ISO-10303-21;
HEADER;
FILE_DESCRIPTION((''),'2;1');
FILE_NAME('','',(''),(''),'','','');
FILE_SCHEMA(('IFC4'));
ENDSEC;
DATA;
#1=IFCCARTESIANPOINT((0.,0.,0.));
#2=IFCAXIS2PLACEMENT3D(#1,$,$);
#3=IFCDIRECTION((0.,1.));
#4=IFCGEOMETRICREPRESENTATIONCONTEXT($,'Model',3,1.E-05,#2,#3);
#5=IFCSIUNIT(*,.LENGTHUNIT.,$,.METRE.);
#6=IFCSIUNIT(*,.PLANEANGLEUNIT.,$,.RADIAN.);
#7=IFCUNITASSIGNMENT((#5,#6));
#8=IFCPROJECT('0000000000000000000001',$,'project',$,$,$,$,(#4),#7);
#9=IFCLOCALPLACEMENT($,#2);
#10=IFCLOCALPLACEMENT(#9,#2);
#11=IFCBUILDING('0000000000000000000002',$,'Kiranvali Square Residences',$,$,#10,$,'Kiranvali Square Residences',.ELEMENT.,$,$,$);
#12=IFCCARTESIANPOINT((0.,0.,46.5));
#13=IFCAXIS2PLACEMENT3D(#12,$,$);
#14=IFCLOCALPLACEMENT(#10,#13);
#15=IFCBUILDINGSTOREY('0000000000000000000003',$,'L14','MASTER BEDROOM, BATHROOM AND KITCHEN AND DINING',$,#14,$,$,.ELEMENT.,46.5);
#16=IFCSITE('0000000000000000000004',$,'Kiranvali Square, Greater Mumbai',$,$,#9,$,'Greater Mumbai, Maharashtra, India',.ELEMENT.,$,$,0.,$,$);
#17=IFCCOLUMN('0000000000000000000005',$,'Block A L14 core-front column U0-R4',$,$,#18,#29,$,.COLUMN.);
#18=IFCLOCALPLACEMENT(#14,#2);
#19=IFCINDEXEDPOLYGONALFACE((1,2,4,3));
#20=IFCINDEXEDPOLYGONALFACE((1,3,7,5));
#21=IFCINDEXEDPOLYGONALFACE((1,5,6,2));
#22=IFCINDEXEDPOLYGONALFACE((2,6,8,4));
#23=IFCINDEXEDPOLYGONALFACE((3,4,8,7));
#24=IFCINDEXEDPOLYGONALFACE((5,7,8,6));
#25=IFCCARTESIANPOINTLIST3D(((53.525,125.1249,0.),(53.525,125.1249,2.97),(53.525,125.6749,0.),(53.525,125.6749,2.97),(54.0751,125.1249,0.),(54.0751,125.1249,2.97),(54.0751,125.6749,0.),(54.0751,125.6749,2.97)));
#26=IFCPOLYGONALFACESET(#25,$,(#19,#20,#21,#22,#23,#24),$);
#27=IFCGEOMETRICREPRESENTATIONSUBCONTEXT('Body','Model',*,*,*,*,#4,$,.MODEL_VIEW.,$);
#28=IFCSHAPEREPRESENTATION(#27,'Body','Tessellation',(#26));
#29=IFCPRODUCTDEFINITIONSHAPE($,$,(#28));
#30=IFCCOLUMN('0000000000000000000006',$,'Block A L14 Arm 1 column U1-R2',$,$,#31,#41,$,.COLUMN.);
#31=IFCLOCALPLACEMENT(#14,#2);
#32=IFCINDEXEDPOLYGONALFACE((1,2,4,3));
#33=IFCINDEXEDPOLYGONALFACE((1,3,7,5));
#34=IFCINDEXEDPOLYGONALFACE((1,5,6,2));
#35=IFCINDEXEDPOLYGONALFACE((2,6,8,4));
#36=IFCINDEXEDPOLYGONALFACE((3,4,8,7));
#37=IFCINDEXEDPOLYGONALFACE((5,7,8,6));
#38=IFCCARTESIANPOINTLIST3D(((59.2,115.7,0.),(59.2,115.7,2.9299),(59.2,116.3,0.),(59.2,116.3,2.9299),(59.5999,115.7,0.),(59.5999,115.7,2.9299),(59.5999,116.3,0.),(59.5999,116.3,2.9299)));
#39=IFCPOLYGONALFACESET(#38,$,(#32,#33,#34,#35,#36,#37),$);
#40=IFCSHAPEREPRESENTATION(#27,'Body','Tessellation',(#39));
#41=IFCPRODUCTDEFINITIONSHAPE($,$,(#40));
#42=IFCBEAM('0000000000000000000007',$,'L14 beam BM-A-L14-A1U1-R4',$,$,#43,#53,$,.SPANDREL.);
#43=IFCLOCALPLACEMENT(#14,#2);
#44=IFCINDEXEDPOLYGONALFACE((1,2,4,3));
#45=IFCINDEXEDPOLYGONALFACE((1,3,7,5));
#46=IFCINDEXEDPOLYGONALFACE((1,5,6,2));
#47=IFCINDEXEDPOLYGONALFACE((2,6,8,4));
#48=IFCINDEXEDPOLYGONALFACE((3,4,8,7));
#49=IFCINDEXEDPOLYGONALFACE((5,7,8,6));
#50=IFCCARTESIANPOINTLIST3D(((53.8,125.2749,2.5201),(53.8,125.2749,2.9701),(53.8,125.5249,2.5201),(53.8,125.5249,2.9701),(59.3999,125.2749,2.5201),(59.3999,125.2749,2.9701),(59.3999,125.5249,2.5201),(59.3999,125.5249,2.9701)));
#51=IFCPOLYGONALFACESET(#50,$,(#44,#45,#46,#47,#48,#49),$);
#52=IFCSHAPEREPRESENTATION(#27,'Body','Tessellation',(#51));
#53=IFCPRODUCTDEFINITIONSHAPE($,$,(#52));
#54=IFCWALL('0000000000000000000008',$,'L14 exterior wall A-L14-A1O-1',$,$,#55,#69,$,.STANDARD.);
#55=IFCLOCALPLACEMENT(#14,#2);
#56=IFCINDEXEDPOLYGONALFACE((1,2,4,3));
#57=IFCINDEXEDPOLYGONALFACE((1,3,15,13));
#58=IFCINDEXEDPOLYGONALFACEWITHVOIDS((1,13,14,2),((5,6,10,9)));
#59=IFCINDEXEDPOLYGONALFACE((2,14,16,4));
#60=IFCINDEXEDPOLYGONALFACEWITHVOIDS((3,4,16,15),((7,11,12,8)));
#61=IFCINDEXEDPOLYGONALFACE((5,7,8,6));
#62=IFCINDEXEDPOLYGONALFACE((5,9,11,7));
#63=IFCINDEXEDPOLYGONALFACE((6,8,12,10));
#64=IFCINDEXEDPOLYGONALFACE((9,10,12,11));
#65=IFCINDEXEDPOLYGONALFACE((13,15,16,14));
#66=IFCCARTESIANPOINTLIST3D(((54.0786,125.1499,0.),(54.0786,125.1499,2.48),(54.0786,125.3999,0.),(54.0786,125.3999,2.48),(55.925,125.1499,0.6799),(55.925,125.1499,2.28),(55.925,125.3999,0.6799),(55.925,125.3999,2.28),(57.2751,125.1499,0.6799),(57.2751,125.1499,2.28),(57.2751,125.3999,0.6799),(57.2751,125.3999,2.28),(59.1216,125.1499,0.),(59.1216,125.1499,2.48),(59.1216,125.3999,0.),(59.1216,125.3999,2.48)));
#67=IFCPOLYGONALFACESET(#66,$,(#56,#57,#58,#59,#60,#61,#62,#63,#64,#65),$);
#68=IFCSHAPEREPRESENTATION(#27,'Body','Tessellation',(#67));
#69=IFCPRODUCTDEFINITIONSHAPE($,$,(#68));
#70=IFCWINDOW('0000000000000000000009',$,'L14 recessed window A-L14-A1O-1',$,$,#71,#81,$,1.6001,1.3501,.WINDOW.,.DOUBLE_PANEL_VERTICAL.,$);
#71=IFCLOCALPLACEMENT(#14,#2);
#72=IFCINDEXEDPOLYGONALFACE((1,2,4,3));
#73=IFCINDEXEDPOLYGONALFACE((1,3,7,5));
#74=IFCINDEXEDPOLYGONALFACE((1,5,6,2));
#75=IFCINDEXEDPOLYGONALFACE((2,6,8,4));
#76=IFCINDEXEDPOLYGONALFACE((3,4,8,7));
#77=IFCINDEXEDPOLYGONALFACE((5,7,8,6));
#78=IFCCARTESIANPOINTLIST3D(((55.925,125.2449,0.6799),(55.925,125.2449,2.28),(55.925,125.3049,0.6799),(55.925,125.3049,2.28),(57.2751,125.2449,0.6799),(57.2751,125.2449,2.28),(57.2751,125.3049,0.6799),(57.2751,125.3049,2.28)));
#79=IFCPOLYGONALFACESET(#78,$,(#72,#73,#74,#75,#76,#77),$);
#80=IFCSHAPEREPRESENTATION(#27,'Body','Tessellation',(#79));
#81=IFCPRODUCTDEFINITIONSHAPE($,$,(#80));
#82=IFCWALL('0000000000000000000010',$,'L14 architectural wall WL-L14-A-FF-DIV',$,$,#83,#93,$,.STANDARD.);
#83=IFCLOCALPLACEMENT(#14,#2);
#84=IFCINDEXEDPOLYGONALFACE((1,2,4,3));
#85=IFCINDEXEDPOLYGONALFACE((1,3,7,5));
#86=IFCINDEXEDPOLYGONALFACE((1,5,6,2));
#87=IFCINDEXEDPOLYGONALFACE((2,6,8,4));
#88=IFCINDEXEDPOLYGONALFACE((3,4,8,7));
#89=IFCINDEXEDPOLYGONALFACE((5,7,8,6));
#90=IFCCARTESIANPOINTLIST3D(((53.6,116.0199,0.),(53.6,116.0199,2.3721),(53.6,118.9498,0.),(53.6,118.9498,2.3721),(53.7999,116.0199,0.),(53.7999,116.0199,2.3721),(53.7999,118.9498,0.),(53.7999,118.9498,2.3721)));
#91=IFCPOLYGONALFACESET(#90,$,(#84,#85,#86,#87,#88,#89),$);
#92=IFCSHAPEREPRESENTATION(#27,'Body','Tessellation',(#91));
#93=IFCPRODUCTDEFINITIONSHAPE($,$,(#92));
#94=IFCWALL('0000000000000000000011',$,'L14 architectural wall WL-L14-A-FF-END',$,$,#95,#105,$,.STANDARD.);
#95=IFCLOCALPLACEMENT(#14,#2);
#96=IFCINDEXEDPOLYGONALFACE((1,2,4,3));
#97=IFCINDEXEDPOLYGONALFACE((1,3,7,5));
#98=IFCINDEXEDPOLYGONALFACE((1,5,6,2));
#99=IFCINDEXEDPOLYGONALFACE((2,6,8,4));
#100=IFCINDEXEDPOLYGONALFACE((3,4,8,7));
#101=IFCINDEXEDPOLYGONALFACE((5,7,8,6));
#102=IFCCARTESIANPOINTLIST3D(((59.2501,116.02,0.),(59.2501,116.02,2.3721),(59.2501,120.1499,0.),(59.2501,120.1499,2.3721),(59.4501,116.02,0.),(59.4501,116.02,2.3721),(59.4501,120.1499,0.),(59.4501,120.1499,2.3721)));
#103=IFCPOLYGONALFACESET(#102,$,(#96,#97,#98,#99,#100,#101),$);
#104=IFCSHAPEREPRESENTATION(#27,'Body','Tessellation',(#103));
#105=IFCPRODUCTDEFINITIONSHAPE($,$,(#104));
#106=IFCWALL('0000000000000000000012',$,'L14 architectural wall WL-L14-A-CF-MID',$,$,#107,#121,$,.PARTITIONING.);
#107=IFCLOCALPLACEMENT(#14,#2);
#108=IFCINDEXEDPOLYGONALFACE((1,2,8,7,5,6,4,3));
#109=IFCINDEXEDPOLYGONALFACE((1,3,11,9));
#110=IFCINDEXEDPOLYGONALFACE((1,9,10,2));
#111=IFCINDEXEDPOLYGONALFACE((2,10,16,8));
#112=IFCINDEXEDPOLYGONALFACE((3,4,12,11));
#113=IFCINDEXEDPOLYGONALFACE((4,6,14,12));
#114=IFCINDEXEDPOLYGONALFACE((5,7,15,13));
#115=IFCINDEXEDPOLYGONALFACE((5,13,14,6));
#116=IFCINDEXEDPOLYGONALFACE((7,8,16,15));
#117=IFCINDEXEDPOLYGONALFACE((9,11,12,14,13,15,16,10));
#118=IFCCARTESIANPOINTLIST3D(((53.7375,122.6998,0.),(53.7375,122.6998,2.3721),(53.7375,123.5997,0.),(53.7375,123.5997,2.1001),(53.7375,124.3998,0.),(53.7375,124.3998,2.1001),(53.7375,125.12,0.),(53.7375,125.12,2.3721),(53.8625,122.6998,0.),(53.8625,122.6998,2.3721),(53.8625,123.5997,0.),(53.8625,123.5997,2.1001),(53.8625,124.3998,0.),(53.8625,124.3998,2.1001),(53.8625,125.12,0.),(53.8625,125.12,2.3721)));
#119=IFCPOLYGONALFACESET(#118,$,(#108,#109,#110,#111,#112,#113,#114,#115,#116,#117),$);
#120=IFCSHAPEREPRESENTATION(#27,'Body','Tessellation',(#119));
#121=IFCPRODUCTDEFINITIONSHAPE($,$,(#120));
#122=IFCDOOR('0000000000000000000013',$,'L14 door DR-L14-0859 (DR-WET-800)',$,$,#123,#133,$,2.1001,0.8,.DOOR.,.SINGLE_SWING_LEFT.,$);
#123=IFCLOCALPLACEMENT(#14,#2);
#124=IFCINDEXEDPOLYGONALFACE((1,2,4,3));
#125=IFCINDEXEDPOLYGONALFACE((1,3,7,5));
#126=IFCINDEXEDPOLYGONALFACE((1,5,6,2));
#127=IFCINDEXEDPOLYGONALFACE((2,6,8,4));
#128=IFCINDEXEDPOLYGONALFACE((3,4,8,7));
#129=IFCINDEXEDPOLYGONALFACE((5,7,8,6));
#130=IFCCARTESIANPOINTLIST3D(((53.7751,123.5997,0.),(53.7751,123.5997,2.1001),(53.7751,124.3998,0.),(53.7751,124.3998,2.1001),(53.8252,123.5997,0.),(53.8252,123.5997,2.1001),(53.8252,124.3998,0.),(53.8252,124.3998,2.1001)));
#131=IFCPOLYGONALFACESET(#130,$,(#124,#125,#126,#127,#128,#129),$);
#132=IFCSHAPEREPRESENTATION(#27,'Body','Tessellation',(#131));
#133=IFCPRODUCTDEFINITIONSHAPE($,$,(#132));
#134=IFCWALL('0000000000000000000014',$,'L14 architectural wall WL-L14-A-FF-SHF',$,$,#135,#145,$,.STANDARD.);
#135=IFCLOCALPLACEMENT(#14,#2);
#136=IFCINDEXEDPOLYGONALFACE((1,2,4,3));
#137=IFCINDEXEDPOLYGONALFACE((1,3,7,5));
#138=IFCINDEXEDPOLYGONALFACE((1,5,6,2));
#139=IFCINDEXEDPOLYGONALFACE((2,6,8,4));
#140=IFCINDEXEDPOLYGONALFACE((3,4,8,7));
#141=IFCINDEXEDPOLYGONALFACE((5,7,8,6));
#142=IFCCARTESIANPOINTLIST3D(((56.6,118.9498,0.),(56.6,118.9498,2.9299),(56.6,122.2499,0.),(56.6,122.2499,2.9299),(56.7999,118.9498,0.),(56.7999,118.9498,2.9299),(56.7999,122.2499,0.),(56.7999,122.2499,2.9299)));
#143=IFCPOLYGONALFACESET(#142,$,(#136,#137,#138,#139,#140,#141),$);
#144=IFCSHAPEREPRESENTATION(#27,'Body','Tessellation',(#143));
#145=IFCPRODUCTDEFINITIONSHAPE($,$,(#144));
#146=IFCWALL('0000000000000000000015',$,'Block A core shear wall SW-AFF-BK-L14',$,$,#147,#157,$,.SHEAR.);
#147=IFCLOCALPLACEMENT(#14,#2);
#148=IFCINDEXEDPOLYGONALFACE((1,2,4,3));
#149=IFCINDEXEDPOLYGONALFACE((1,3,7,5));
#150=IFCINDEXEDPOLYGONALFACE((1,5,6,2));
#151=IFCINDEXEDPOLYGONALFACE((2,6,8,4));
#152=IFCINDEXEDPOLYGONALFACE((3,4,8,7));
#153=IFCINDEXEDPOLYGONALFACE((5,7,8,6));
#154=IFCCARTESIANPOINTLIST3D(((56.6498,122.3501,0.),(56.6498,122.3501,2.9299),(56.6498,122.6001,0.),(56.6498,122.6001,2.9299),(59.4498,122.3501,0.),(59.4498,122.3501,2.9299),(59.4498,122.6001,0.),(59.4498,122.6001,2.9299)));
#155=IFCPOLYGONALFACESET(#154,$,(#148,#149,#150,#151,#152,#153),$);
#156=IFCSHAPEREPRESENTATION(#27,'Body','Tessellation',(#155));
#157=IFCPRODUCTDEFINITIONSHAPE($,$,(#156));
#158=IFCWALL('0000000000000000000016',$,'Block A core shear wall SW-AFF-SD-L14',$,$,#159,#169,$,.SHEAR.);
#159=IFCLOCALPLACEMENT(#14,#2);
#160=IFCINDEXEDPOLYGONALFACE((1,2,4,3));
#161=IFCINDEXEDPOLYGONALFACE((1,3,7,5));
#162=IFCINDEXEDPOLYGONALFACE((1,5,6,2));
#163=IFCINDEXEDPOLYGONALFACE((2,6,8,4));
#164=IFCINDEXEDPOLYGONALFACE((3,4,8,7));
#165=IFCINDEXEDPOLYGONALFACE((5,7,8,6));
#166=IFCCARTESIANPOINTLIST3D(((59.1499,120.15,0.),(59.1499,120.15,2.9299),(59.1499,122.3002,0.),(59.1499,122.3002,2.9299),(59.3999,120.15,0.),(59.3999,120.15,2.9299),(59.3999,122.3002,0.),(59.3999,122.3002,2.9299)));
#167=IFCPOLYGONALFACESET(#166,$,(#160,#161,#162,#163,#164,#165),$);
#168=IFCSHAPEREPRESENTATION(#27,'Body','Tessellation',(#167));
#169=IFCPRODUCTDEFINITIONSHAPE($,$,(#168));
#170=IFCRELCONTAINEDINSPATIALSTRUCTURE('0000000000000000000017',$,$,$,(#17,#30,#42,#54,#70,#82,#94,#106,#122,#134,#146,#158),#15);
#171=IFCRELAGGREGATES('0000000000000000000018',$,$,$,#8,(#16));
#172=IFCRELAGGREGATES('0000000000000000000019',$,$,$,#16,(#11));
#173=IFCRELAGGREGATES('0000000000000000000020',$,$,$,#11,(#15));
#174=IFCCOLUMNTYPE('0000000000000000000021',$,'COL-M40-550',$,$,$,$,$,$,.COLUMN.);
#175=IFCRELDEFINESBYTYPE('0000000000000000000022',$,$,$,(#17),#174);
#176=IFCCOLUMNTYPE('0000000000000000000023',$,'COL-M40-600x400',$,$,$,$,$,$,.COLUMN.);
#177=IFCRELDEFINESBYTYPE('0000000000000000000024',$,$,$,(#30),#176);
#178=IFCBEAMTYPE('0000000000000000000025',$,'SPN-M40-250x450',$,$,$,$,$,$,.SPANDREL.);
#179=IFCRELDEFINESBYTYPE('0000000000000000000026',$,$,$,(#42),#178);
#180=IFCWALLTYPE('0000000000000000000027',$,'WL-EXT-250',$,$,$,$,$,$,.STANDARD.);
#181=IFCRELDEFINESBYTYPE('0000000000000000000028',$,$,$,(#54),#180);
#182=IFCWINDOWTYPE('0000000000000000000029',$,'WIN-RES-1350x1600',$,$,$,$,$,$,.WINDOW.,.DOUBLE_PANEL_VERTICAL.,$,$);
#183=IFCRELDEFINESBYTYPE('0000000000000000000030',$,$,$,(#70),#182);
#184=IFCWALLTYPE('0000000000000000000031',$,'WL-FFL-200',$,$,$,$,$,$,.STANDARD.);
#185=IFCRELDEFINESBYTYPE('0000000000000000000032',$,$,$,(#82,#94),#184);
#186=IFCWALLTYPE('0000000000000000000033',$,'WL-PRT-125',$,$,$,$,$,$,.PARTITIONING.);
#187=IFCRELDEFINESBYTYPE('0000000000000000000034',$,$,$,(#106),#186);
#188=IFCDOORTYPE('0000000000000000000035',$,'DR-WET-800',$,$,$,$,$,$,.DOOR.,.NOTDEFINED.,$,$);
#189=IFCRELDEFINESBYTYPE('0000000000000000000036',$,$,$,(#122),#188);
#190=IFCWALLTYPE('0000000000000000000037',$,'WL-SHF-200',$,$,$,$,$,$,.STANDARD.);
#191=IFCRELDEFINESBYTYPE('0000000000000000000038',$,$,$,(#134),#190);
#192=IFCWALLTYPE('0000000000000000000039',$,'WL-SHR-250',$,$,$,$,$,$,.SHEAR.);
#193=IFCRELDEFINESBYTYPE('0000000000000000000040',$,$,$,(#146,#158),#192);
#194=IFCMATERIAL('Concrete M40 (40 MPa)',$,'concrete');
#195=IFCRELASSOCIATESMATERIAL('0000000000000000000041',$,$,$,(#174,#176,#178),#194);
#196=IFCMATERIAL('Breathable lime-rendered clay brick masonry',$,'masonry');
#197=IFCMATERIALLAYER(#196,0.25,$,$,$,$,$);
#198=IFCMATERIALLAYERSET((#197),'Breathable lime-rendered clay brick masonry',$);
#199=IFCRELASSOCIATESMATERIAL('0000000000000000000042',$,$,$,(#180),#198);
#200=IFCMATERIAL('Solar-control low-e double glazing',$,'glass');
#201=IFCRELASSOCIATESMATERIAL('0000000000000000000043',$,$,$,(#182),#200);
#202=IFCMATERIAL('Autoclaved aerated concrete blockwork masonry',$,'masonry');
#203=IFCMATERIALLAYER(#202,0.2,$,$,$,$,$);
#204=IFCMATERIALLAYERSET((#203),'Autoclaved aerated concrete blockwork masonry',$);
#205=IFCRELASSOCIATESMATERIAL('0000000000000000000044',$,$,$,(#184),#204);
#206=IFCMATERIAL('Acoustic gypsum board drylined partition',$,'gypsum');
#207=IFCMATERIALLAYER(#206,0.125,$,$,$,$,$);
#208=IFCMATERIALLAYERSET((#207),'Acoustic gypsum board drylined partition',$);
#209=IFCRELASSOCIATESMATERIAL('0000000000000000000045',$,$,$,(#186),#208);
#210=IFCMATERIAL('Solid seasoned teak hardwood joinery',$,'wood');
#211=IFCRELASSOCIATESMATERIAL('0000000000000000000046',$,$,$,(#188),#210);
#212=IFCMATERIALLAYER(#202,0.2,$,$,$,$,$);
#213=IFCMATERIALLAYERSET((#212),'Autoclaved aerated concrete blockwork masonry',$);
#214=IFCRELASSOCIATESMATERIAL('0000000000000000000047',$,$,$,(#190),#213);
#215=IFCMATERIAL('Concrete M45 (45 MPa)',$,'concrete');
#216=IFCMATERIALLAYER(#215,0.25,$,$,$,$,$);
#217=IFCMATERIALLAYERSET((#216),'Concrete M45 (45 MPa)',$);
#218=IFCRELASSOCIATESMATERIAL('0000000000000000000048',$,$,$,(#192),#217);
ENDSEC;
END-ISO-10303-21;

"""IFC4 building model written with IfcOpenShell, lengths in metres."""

from ifc_helpers import new_model, si_unit, direction, frame, frame_2d, origin, origin_2d, place, context, subcontext, project, spatial, rectangle, extrude, material, layer, layer_set, material_profile, profile_set, type_object, element, fill, save


model = new_model("IFC4")

# Units and contexts
model_context = context("Model", 3, precision=1e-05, world=origin(), true_north=direction((0.0, 1.0)))
body_context = subcontext(model_context, "Body", "Model", "MODEL_VIEW")
ifc_project = project(units=[si_unit("LENGTHUNIT", "METRE"), si_unit("PLANEANGLEUNIT", "RADIAN")], contexts=[model_context])

# Site, building, storey
site_placement = place(None, origin())
site = spatial("IfcSite", under=ifc_project, at=site_placement, Name="Kiranvali Square, Greater Mumbai", LongName="Greater Mumbai, Maharashtra, India", CompositionType="ELEMENT", RefElevation=0.0)
building_placement = place(site_placement, origin())
building = spatial("IfcBuilding", under=site, at=building_placement, Name="Kiranvali Square Residences", LongName="Kiranvali Square Residences", CompositionType="ELEMENT")
storey_placement = place(building_placement, frame((0.0, 0.0, 46.5)))
storey = spatial("IfcBuildingStorey", under=building, at=storey_placement, Name="L14", Description="MASTER BEDROOM, BATHROOM AND KITCHEN AND DINING", CompositionType="ELEMENT", Elevation=46.5)

# Columns
ifc_material_1 = material(Name="Concrete M40 (40 MPa)", Category="concrete")
ifc_material_profile_1 = material_profile(ifc_material_1, rectangle(XDim=0.55, YDim=0.55, at=origin_2d()), Name="RC 550x550")
ifc_profile_set_1 = profile_set([ifc_material_profile_1], Name="Concrete M40 (40 MPa)")
column_type_1 = type_object("IfcColumnType", Name="COL-M40-550", PredefinedType="COLUMN", material=ifc_profile_set_1)
column_1_placement = place(storey_placement, frame((53.8, 125.3999, 0.0), z_axis=(0.0, 0.0, 1.0), x_axis=(1.0, 0.0, 0.0)))
element("IfcColumn", 1, at=column_1_placement, inside=storey, type_object=column_type_1, Name="Block A L14 core-front column U0-R4", PredefinedType="COLUMN", context=body_context, shape_type="SweptSolid", body=[
    extrude(rectangle(XDim=0.55, YDim=0.55, at=origin_2d()), origin(), (0.0, 0.0, 1.0), 2.97),
])
ifc_material_profile_2 = material_profile(ifc_material_1, rectangle(XDim=0.3999, YDim=0.6001, at=origin_2d()), Name="RC 600x400")
ifc_profile_set_2 = profile_set([ifc_material_profile_2], Name="Concrete M40 (40 MPa)")
column_type_2 = type_object("IfcColumnType", Name="COL-M40-600x400", PredefinedType="COLUMN", material=ifc_profile_set_2)
column_2_placement = place(storey_placement, frame((59.3999, 116.0, 0.0), z_axis=(0.0, 0.0, 1.0), x_axis=(1.0, 0.0, 0.0)))
element("IfcColumn", 2, at=column_2_placement, inside=storey, type_object=column_type_2, Name="Block A L14 Arm 1 column U1-R2", PredefinedType="COLUMN", context=body_context, shape_type="SweptSolid", body=[
    extrude(rectangle(XDim=0.3999, YDim=0.6001, at=origin_2d()), origin(), (0.0, 0.0, 1.0), 2.9299),
])

# Beam
ifc_material_profile_3 = material_profile(ifc_material_1, rectangle(XDim=0.25, YDim=0.45, at=origin_2d()), Name="RC 250x450")
ifc_profile_set_3 = profile_set([ifc_material_profile_3], Name="Concrete M40 (40 MPa)")
beam_type = type_object("IfcBeamType", Name="SPN-M40-250x450", PredefinedType="SPANDREL", material=ifc_profile_set_3)
beam_placement = place(storey_placement, frame((53.8, 125.3999, 2.7451), z_axis=(1.0, 0.0, 0.0), x_axis=(0.0, 1.0, 0.0)))
element("IfcBeam", 3, at=beam_placement, inside=storey, type_object=beam_type, Name="L14 beam BM-A-L14-A1U1-R4", PredefinedType="SPANDREL", context=body_context, shape_type="SweptSolid", body=[
    extrude(rectangle(XDim=0.25, YDim=0.45, at=origin_2d()), origin(), (0.0, 0.0, 1.0), 5.5999),
])

# Wall, opening, window
ifc_material_2 = material(Name="Breathable lime-rendered clay brick masonry", Category="masonry")
ifc_layer_1 = layer(ifc_material_2, 0.25)
ifc_layer_set_1 = layer_set([ifc_layer_1], Name="Breathable lime-rendered clay brick masonry")
wall_type_1 = type_object("IfcWallType", Name="WL-EXT-250", PredefinedType="STANDARD", material=ifc_layer_set_1)
wall_1_placement = place(storey_placement, frame((54.0786, 125.2749, 0.0), z_axis=(0.0, 0.0, 1.0), x_axis=(1.0, 0.0, 0.0)))
wall_1 = element("IfcWall", 4, at=wall_1_placement, inside=storey, type_object=wall_type_1, Name="L14 exterior wall A-L14-A1O-1", PredefinedType="STANDARD", context=body_context, shape_type="SweptSolid", body=[
    extrude(rectangle(XDim=5.043, YDim=0.25, at=frame_2d((2.5215, 0.0))), origin(), (0.0, 0.0, 1.0), 2.48),
])
opening_1_placement = place(wall_1_placement, frame((1.8464, 0.0, 0.6799)))
opening_1 = element("IfcOpeningElement", 5, at=opening_1_placement, cuts=wall_1, PredefinedType="OPENING", context=body_context, shape_type="SweptSolid", body=[
    extrude(rectangle(XDim=1.3501, YDim=1.6001, at=frame_2d((0.675, 0.8))), frame((0.0, 0.135, 0.0), z_axis=(0.0, -1.0, 0.0), x_axis=(1.0, 0.0, 0.0)), (0.0, 0.0, 1.0), 0.27),
])
ifc_material_3 = material(Name="Solar-control low-e double glazing", Category="glass")
window_type = type_object("IfcWindowType", Name="WIN-RES-1350x1600", PartitioningType="DOUBLE_PANEL_VERTICAL", PredefinedType="WINDOW", material=ifc_material_3)
window_placement = place(opening_1_placement, origin())
window = element("IfcWindow", 6, at=window_placement, inside=storey, type_object=window_type, Name="L14 recessed window A-L14-A1O-1", OverallHeight=1.6001, OverallWidth=1.3501, PartitioningType="DOUBLE_PANEL_VERTICAL", PredefinedType="WINDOW", context=body_context, shape_type="SweptSolid", body=[
    extrude(rectangle(XDim=1.3501, YDim=1.6001, at=frame_2d((0.675, 0.8))), frame((0.0, 0.03, 0.0), z_axis=(0.0, -1.0, 0.0), x_axis=(1.0, 0.0, 0.0)), (0.0, 0.0, 1.0), 0.0601),
])
fill(opening_1, window)

# Shared definitions
ifc_material_4 = material(Name="Autoclaved aerated concrete blockwork masonry", Category="masonry")
ifc_layer_2 = layer(ifc_material_4, 0.2)
ifc_layer_set_2 = layer_set([ifc_layer_2], Name="Autoclaved aerated concrete blockwork masonry")
wall_type_2 = type_object("IfcWallType", Name="WL-FFL-200", PredefinedType="STANDARD", material=ifc_layer_set_2)

# Walls
wall_2_placement = place(storey_placement, frame((53.7, 116.02, 0.0), z_axis=(0.0, 0.0, 1.0), x_axis=(0.0, 1.0, 0.0)))
element("IfcWall", 7, at=wall_2_placement, inside=storey, type_object=wall_type_2, Name="L14 architectural wall WL-L14-A-FF-DIV", PredefinedType="STANDARD", context=body_context, shape_type="SweptSolid", body=[
    extrude(rectangle(XDim=2.9299, YDim=0.2, at=frame_2d((1.4648, 0.0))), origin(), (0.0, 0.0, 1.0), 2.3721),
])
wall_3_placement = place(storey_placement, frame((59.3501, 116.02, 0.0), z_axis=(0.0, 0.0, 1.0), x_axis=(0.0, 1.0, 0.0)))
element("IfcWall", 8, at=wall_3_placement, inside=storey, type_object=wall_type_2, Name="L14 architectural wall WL-L14-A-FF-END", PredefinedType="STANDARD", context=body_context, shape_type="SweptSolid", body=[
    extrude(rectangle(XDim=4.1299, YDim=0.2, at=frame_2d((2.0649, 0.0))), origin(), (0.0, 0.0, 1.0), 2.3721),
])

# Wall, opening, door
ifc_material_5 = material(Name="Acoustic gypsum board drylined partition", Category="gypsum")
ifc_layer_3 = layer(ifc_material_5, 0.125)
ifc_layer_set_3 = layer_set([ifc_layer_3], Name="Acoustic gypsum board drylined partition")
wall_type_3 = type_object("IfcWallType", Name="WL-PRT-125", PredefinedType="PARTITIONING", material=ifc_layer_set_3)
wall_4_placement = place(storey_placement, frame((53.8, 122.7, 0.0), z_axis=(0.0, 0.0, 1.0), x_axis=(0.0, 1.0, 0.0)))
wall_4 = element("IfcWall", 9, at=wall_4_placement, inside=storey, type_object=wall_type_3, Name="L14 architectural wall WL-L14-A-CF-MID", PredefinedType="PARTITIONING", context=body_context, shape_type="SweptSolid", body=[
    extrude(rectangle(XDim=2.4202, YDim=0.125, at=frame_2d((1.21, 0.0))), origin(), (0.0, 0.0, 1.0), 2.3721),
])
opening_2_placement = place(wall_4_placement, frame((0.8999, 0.0, 0.0)))
opening_2 = element("IfcOpeningElement", 10, at=opening_2_placement, cuts=wall_4, PredefinedType="OPENING", context=body_context, shape_type="SweptSolid", body=[
    extrude(rectangle(XDim=0.8, YDim=2.1001, at=frame_2d((0.3999, 1.05))), frame((0.0, 0.0725, 0.0), z_axis=(0.0, -1.0, 0.0), x_axis=(1.0, 0.0, 0.0)), (0.0, 0.0, 1.0), 0.145),
])
ifc_material_6 = material(Name="Solid seasoned teak hardwood joinery", Category="wood")
door_type_1 = type_object("IfcDoorType", Name="DR-WET-800", OperationType="NOTDEFINED", PredefinedType="DOOR", material=ifc_material_6)
door_1_placement = place(opening_2_placement, origin())
door_1 = element("IfcDoor", 11, at=door_1_placement, inside=storey, type_object=door_type_1, Name="L14 door DR-L14-0859 (DR-WET-800)", OperationType="SINGLE_SWING_LEFT", OverallHeight=2.1001, OverallWidth=0.8, PredefinedType="DOOR", context=body_context, shape_type="SweptSolid", body=[
    extrude(rectangle(XDim=0.8, YDim=2.1001, at=frame_2d((0.3999, 1.05))), frame((0.0, 0.0249, 0.0), z_axis=(0.0, -1.0, 0.0), x_axis=(1.0, 0.0, 0.0)), (0.0, 0.0, 1.0), 0.05),
])
fill(opening_2, door_1)

# Walls
ifc_layer_4 = layer(ifc_material_4, 0.2)
ifc_layer_set_4 = layer_set([ifc_layer_4], Name="Autoclaved aerated concrete blockwork masonry")
wall_type_4 = type_object("IfcWallType", Name="WL-SHF-200", PredefinedType="STANDARD", material=ifc_layer_set_4)
wall_5_placement = place(storey_placement, frame((56.7, 118.95, 0.0), z_axis=(0.0, 0.0, 1.0), x_axis=(0.0, 1.0, 0.0)))
element("IfcWall", 12, at=wall_5_placement, inside=storey, type_object=wall_type_4, Name="L14 architectural wall WL-L14-A-FF-SHF", PredefinedType="STANDARD", context=body_context, shape_type="SweptSolid", body=[
    extrude(rectangle(XDim=3.3, YDim=0.2, at=frame_2d((1.6499, 0.0))), origin(), (0.0, 0.0, 1.0), 2.9299),
])
ifc_material_7 = material(Name="Concrete M45 (45 MPa)", Category="concrete")
ifc_layer_5 = layer(ifc_material_7, 0.25)
ifc_layer_set_5 = layer_set([ifc_layer_5], Name="Concrete M45 (45 MPa)")
wall_type_5 = type_object("IfcWallType", Name="WL-SHR-250", PredefinedType="SHEAR", material=ifc_layer_set_5)
wall_6_placement = place(storey_placement, frame((56.6499, 122.4751, 0.0), z_axis=(0.0, 0.0, 1.0), x_axis=(1.0, 0.0, 0.0)))
element("IfcWall", 13, at=wall_6_placement, inside=storey, type_object=wall_type_5, Name="Block A core shear wall SW-AFF-BK-L14", PredefinedType="SHEAR", context=body_context, shape_type="SweptSolid", body=[
    extrude(rectangle(XDim=2.8, YDim=0.25, at=frame_2d((1.3999, 0.0))), origin(), (0.0, 0.0, 1.0), 2.9299),
])
wall_7_placement = place(storey_placement, frame((59.2749, 120.1499, 0.0), z_axis=(0.0, 0.0, 1.0), x_axis=(0.0, 1.0, 0.0)))
element("IfcWall", 14, at=wall_7_placement, inside=storey, type_object=wall_type_5, Name="Block A core shear wall SW-AFF-SD-L14", PredefinedType="SHEAR", context=body_context, shape_type="SweptSolid", body=[
    extrude(rectangle(XDim=2.1501, YDim=0.25, at=frame_2d((1.0752, 0.0))), origin(), (0.0, 0.0, 1.0), 2.9299),
])

save(model, "model.ifc")
